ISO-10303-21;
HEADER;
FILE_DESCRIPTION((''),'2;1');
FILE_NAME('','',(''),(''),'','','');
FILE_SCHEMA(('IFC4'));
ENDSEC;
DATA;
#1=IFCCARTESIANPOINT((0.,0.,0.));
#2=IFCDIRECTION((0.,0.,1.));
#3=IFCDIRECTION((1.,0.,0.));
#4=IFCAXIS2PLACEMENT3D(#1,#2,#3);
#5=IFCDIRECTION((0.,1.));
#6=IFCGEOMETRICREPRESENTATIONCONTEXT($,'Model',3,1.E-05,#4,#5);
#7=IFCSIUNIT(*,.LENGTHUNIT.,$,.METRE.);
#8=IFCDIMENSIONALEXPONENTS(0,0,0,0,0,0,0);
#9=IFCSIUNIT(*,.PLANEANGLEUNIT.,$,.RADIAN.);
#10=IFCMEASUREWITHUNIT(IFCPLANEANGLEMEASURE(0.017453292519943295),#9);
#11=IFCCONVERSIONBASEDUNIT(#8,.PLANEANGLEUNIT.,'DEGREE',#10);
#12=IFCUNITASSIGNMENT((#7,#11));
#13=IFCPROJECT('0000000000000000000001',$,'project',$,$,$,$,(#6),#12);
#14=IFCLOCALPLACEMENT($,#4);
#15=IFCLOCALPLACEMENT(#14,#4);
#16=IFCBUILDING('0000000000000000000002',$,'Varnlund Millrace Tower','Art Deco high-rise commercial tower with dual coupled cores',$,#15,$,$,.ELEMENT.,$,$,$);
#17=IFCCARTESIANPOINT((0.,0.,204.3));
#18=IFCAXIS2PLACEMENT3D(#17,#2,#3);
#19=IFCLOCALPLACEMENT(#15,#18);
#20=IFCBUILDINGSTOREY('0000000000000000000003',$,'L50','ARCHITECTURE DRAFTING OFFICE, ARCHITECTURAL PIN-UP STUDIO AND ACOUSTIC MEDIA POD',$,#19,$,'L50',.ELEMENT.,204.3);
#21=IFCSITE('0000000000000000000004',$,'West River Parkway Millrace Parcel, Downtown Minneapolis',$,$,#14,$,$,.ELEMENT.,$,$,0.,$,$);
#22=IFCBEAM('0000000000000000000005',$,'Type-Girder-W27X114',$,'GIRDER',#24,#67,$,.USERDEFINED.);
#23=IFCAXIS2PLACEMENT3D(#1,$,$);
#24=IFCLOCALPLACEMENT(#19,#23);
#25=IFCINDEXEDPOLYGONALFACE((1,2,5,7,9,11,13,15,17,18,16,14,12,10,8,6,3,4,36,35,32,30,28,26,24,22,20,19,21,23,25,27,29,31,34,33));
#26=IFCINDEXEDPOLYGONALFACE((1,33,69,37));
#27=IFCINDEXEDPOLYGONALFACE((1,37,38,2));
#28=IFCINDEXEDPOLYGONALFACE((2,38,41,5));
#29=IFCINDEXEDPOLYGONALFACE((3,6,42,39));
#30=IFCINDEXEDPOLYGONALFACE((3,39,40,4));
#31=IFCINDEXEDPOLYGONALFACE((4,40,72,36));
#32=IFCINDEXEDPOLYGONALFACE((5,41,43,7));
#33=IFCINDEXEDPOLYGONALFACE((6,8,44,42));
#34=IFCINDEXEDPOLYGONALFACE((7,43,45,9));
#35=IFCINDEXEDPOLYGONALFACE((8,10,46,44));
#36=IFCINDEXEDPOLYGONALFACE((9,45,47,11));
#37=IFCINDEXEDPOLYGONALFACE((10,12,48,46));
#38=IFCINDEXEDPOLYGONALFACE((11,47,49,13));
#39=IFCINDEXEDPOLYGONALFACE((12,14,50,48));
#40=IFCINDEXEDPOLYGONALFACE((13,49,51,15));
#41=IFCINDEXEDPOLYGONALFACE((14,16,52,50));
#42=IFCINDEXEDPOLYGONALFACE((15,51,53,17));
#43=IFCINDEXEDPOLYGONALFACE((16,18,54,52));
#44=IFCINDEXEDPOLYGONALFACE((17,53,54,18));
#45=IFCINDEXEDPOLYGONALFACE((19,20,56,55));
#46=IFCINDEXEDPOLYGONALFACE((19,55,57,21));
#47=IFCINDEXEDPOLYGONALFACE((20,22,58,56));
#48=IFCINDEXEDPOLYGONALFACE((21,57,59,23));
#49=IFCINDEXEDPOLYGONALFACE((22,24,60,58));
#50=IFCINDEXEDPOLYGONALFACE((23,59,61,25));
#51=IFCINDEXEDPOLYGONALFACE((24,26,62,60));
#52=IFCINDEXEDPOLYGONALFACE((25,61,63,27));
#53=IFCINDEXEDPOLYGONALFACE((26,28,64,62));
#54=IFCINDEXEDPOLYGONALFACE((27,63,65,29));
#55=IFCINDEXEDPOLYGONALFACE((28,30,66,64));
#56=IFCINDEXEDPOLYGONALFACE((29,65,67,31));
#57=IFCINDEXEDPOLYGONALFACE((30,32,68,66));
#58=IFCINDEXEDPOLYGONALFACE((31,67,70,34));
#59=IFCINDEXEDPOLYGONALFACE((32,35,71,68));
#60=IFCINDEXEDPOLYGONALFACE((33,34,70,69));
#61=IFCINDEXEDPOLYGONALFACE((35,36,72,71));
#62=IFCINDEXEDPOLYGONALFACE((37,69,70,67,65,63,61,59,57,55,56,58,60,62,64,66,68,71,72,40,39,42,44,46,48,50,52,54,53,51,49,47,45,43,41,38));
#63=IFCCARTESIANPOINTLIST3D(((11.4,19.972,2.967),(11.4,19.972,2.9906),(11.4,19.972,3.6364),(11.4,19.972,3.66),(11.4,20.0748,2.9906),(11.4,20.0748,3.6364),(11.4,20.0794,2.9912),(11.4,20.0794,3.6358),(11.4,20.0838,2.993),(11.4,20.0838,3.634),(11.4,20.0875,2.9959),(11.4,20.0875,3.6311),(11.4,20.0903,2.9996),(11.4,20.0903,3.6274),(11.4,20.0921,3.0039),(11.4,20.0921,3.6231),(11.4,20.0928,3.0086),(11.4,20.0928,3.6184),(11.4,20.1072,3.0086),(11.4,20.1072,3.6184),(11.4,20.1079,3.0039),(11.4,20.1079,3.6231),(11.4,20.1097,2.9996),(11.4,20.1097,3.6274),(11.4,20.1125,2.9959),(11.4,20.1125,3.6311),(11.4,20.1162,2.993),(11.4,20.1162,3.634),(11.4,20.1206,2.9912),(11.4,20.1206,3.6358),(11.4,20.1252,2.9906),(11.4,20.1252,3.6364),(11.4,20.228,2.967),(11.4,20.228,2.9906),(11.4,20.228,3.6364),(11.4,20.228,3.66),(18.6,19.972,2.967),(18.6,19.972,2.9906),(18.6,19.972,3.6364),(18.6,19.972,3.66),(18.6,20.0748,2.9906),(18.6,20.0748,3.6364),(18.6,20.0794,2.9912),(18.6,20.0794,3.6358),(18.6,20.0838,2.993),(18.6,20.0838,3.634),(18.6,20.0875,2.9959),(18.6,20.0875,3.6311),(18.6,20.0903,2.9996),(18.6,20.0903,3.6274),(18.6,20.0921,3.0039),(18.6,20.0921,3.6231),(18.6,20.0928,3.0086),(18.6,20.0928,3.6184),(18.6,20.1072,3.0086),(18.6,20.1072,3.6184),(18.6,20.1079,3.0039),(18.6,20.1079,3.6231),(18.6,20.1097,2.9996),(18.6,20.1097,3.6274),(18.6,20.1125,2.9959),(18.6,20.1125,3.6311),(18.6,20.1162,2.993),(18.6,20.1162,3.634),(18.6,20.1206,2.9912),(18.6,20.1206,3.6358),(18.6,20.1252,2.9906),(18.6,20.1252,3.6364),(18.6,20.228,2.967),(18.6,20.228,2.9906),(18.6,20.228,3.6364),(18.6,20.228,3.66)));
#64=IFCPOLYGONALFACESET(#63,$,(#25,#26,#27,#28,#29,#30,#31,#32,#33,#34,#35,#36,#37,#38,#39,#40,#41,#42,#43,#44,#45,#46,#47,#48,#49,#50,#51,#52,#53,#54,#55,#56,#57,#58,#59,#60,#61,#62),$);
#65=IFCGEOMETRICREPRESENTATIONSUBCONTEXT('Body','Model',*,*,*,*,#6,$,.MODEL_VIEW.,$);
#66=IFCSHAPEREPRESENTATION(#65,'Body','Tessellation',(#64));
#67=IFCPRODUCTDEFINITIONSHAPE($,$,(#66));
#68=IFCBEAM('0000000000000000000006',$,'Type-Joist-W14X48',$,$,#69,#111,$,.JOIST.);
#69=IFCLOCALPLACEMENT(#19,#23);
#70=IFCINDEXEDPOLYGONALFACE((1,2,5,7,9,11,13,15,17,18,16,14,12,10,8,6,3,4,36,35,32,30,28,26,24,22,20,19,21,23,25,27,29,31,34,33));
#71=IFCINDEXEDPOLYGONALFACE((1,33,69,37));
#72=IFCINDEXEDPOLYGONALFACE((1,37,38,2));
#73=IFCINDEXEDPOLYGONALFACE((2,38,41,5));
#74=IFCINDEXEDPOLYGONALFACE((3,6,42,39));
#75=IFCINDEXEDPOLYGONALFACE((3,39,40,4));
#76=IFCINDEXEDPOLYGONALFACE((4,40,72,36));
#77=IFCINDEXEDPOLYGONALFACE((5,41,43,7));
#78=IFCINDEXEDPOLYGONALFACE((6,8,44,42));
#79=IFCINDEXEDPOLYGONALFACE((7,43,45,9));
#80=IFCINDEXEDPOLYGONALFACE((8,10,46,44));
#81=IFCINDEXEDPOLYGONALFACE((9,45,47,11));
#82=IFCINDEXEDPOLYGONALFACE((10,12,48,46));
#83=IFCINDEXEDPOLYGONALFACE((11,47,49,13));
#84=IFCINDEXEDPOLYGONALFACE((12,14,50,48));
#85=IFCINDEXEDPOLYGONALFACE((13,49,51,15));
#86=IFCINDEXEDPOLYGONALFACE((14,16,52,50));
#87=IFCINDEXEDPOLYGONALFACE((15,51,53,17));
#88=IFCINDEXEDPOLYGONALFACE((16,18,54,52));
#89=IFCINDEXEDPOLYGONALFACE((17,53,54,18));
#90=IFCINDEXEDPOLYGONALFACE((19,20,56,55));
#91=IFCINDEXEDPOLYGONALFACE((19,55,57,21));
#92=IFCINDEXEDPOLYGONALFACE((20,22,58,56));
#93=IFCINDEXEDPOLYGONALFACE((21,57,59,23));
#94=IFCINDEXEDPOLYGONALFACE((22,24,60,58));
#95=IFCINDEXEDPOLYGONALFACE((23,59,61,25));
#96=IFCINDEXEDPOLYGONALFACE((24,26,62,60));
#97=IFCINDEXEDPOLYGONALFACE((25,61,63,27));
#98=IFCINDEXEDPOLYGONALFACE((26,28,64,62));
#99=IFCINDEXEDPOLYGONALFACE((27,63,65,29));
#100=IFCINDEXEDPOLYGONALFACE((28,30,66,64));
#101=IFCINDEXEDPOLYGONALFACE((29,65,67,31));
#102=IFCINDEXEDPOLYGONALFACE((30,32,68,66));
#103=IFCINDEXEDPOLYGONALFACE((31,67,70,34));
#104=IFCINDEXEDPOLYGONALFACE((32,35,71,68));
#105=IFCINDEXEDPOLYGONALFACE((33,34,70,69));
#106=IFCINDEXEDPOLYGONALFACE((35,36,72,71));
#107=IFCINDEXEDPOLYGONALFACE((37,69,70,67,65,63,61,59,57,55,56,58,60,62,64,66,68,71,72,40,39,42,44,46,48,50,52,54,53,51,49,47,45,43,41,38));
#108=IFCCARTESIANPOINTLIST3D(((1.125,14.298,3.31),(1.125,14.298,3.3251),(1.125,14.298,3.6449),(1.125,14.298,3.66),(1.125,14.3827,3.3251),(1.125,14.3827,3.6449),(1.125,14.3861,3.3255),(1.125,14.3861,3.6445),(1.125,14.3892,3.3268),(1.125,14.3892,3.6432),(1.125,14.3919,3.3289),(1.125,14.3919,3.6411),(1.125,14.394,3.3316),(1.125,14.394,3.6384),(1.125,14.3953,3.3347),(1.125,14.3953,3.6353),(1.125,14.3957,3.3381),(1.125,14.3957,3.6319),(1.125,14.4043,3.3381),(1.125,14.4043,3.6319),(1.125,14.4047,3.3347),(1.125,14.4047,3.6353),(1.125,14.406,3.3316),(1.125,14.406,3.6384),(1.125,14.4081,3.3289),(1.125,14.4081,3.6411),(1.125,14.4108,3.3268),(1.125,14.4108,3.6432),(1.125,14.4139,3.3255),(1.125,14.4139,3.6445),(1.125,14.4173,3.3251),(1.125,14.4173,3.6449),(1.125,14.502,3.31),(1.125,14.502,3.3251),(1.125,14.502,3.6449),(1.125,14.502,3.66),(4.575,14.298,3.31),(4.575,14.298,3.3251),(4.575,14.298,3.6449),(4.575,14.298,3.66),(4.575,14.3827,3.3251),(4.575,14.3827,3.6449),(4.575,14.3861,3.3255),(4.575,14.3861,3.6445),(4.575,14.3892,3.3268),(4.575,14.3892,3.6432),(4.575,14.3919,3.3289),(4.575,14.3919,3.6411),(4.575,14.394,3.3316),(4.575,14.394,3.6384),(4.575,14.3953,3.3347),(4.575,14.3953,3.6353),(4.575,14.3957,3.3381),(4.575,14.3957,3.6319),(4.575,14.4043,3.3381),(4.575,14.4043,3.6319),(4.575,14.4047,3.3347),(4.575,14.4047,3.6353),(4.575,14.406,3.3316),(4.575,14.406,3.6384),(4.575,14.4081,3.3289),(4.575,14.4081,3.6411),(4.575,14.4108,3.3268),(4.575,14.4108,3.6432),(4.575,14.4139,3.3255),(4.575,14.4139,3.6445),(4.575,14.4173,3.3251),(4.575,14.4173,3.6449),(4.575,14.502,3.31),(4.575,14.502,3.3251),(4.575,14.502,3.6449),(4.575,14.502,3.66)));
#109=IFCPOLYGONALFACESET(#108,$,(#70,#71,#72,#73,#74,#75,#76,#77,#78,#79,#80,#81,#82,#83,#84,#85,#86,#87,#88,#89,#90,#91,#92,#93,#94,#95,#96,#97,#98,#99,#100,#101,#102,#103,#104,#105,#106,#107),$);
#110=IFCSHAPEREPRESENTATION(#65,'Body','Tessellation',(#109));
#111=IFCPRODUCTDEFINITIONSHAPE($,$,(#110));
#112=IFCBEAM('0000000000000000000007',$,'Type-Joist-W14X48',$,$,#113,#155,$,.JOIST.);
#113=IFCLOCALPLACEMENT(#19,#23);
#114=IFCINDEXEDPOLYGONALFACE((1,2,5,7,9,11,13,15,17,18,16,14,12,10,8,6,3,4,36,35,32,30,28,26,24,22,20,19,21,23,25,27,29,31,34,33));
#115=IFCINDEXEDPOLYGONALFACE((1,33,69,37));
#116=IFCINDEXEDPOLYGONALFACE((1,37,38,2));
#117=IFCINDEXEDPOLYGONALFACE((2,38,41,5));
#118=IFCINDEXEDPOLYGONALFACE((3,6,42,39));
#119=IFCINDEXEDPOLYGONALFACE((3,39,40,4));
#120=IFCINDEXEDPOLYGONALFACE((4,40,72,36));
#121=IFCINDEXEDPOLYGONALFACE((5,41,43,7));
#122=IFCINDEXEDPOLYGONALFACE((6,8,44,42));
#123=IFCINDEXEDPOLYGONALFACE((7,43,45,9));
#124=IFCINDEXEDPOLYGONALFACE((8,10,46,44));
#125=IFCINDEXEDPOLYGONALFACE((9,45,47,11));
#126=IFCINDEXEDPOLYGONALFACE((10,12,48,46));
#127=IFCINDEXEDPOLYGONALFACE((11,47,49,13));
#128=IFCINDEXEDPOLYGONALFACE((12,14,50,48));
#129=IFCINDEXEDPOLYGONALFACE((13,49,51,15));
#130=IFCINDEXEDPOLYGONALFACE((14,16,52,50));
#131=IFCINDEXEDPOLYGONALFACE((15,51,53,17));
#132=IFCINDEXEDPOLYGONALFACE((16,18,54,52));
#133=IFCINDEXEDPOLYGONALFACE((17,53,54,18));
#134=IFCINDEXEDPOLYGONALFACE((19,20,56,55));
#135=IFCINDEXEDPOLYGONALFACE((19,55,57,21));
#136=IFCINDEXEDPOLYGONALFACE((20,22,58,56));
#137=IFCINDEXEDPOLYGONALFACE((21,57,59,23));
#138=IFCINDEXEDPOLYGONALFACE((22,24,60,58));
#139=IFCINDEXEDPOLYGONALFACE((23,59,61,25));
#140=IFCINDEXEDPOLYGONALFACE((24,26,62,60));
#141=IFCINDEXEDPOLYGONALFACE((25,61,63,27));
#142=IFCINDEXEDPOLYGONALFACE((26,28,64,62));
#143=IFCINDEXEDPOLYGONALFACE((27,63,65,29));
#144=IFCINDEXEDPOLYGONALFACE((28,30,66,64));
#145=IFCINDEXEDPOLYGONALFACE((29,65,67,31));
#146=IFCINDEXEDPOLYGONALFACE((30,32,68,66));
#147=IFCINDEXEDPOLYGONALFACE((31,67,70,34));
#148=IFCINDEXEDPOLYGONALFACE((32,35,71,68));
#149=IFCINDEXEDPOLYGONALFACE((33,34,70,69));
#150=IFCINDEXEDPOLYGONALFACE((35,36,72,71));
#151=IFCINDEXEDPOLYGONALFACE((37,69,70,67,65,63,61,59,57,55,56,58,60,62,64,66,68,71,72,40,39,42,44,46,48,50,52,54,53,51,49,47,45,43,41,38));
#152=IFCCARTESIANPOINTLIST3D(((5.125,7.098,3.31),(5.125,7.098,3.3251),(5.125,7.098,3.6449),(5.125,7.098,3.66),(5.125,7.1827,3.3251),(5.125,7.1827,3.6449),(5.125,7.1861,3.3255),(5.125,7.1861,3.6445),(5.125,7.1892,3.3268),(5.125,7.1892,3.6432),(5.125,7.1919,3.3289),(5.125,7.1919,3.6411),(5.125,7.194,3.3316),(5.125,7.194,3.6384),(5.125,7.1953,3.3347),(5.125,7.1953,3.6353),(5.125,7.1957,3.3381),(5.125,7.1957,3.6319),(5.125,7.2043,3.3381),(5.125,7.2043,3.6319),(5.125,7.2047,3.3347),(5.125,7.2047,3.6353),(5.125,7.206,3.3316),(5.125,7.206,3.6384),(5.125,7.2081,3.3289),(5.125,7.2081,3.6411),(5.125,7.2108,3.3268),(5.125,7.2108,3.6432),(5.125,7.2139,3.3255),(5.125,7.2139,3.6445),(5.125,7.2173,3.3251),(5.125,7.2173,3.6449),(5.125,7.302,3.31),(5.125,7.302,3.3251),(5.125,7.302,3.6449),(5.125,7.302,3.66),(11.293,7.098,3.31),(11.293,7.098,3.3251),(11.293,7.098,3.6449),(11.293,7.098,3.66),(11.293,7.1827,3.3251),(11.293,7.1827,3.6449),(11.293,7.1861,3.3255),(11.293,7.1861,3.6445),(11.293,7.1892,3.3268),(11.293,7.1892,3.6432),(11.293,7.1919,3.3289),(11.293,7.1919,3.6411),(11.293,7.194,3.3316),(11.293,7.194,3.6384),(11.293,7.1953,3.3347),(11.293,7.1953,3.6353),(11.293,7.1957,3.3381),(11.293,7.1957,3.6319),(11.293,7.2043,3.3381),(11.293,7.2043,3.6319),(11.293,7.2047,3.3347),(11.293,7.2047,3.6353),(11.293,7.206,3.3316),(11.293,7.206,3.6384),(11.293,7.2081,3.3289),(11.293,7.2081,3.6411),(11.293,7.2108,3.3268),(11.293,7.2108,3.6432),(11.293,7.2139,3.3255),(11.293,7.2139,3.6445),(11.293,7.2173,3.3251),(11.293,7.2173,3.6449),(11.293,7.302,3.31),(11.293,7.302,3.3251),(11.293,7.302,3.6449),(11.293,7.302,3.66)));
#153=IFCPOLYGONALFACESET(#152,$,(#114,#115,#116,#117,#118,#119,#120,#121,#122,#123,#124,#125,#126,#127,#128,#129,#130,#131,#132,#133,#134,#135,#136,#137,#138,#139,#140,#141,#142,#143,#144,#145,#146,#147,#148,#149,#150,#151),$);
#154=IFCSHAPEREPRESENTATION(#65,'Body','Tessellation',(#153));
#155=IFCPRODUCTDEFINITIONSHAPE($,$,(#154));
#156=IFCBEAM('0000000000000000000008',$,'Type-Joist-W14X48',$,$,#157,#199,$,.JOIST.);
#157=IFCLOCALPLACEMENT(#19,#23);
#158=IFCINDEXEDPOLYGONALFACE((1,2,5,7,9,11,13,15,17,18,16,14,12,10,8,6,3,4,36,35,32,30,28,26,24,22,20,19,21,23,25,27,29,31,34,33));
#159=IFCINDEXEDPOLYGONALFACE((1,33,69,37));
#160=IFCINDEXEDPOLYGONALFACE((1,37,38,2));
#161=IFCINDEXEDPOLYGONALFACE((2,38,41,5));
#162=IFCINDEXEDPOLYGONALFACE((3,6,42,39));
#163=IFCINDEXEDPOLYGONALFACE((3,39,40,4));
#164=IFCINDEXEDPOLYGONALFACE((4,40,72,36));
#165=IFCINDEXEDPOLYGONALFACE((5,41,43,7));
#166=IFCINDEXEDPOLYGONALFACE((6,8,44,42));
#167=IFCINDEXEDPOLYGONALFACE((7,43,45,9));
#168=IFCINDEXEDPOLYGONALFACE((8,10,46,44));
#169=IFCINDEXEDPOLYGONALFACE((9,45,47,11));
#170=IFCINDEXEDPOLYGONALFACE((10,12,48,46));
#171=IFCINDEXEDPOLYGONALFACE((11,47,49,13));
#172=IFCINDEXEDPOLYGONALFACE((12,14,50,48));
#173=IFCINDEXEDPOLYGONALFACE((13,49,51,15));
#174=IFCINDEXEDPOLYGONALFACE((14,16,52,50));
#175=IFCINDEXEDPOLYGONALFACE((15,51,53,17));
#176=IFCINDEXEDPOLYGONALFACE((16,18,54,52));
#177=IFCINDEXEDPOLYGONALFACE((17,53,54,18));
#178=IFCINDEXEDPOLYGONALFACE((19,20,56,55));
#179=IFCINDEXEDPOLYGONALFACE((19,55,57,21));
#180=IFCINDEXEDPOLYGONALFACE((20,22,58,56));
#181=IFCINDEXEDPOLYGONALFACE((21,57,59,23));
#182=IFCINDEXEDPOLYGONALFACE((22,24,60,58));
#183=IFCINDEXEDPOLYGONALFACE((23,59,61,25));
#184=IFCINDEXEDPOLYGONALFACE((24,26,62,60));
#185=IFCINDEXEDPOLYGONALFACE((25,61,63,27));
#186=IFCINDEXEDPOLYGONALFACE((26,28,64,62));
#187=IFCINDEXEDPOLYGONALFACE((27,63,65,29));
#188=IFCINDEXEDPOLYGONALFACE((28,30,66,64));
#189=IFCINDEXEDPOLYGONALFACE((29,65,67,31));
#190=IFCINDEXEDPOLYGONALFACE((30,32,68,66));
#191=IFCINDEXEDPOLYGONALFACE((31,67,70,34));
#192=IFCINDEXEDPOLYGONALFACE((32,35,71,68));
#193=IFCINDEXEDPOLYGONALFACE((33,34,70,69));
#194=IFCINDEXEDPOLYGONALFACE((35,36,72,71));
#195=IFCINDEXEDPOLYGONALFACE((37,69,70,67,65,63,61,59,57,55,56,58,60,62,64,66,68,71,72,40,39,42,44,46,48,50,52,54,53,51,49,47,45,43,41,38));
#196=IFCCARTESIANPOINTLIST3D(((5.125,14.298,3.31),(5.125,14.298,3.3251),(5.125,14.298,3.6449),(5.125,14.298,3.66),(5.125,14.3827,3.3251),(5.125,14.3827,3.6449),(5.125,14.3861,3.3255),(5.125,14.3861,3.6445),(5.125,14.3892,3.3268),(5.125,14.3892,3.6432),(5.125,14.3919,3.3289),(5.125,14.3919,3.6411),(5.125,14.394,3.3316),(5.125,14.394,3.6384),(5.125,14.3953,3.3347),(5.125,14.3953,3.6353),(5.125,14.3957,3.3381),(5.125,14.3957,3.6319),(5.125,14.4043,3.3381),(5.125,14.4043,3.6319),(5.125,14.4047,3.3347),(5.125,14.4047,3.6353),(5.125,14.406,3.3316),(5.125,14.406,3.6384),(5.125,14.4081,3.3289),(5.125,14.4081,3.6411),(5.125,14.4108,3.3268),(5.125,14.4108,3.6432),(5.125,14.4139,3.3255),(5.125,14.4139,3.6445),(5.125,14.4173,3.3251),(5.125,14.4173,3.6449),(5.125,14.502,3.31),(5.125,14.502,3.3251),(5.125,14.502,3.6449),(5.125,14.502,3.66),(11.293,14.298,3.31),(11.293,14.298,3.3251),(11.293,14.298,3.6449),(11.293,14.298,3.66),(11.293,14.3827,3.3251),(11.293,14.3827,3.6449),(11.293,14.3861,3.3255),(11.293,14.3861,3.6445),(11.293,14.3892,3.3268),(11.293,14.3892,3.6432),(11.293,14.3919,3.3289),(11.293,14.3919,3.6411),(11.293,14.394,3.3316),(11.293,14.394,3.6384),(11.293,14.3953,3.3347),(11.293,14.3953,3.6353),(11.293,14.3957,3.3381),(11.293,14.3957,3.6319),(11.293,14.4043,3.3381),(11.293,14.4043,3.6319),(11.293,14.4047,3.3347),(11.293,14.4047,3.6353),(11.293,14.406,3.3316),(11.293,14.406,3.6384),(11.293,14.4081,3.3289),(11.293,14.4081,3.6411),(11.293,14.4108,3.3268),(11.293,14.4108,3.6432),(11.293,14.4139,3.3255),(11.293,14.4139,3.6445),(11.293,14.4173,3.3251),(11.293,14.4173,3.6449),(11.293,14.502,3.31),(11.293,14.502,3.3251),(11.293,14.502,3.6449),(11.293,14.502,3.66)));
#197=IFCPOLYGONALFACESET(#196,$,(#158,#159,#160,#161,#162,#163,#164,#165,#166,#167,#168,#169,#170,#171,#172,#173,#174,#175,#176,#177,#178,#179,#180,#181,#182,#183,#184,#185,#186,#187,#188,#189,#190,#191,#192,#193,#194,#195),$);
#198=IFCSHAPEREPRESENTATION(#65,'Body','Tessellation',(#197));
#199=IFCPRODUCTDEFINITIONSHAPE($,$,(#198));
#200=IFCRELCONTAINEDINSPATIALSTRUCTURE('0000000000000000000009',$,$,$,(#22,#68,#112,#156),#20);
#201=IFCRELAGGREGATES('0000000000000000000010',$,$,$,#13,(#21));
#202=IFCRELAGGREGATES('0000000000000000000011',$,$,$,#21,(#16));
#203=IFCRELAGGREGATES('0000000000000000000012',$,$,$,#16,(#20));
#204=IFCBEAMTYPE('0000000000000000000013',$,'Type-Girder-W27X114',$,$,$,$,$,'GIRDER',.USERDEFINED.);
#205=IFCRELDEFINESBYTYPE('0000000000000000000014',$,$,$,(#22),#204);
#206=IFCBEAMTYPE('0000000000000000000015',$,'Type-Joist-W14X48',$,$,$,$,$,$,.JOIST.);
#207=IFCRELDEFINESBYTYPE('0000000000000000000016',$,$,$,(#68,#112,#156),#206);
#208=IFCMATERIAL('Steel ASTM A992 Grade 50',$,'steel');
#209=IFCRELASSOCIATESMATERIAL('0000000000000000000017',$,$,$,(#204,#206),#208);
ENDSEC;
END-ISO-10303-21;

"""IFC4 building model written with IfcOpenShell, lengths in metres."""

from ifc_helpers import new_model, entity, si_unit, converted_unit, direction, frame, origin_with_axes, origin_2d_with_axis, place, context, subcontext, project, spatial, i_section, extrude, material, material_profile, profile_set, type_object, element, save


model = new_model("IFC4")

# Units and contexts
model_context = context("Model", 3, precision=1e-05, world=origin_with_axes(), true_north=direction((0.0, 1.0)))
body_context = subcontext(model_context, "Body", "Model", "MODEL_VIEW")
ifc_project = project(units=[si_unit("LENGTHUNIT", "METRE"), converted_unit("PLANEANGLEUNIT", "DEGREE", entity("IfcPlaneAngleMeasure", 0.017453292519943295), si_unit("PLANEANGLEUNIT", "RADIAN"), dimensions=[0, 0, 0, 0, 0, 0, 0])], contexts=[model_context])

# Site, building, storey
site_placement = place(None, origin_with_axes())
site = spatial("IfcSite", under=ifc_project, at=site_placement, Name="West River Parkway Millrace Parcel, Downtown Minneapolis", CompositionType="ELEMENT", RefElevation=0.0)
building_placement = place(site_placement, origin_with_axes())
building = spatial("IfcBuilding", under=site, at=building_placement, Name="Varnlund Millrace Tower", Description="Art Deco high-rise commercial tower with dual coupled cores", CompositionType="ELEMENT")
storey_placement = place(building_placement, frame((0.0, 0.0, 204.3), z_axis=(0.0, 0.0, 1.0), x_axis=(1.0, 0.0, 0.0)))
storey = spatial("IfcBuildingStorey", under=building, at=storey_placement, Name="L50", Description="ARCHITECTURE DRAFTING OFFICE, ARCHITECTURAL PIN-UP STUDIO AND ACOUSTIC MEDIA POD", LongName="L50", CompositionType="ELEMENT", Elevation=204.3)

# Beams
ifc_material_1 = material(Name="Steel ASTM A992 Grade 50", Category="steel")
ifc_material_profile_1 = material_profile(ifc_material_1, i_section(OverallWidth=0.256, OverallDepth=0.693, WebThickness=0.0145, FlangeThickness=0.0236, FilletRadius=0.018, at=origin_2d_with_axis()), Name="Steel ASTM A992 Grade 50")
ifc_profile_set_1 = profile_set([ifc_material_profile_1], Name="Steel ASTM A992 Grade 50")
beam_type_1 = type_object("IfcBeamType", Name="Type-Girder-W27X114", ElementType="GIRDER", PredefinedType="USERDEFINED", material=ifc_profile_set_1)
beam_1_placement = place(storey_placement, frame((11.4, 20.1, 3.3135), z_axis=(1.0, 0.0, 0.0), x_axis=(0.0, 1.0, 0.0)))
element("IfcBeam", 1, at=beam_1_placement, inside=storey, type_object=beam_type_1, Name="Type-Girder-W27X114", ObjectType="GIRDER", PredefinedType="USERDEFINED", context=body_context, shape_type="SweptSolid", body=[
    extrude(i_section(OverallWidth=0.256, OverallDepth=0.693, WebThickness=0.0145, FlangeThickness=0.0236, FilletRadius=0.018, at=origin_2d_with_axis()), origin_with_axes(), (0.0, 0.0, 1.0), 7.2),
])
ifc_material_profile_2 = material_profile(ifc_material_1, i_section(OverallWidth=0.204, OverallDepth=0.35, WebThickness=0.0086, FlangeThickness=0.0151, FilletRadius=0.013, at=origin_2d_with_axis()), Name="Steel ASTM A992 Grade 50")
ifc_profile_set_2 = profile_set([ifc_material_profile_2], Name="Steel ASTM A992 Grade 50")
beam_type_2 = type_object("IfcBeamType", Name="Type-Joist-W14X48", PredefinedType="JOIST", material=ifc_profile_set_2)
beam_2_placement = place(storey_placement, frame((1.125, 14.4, 3.485), z_axis=(1.0, 0.0, 0.0), x_axis=(0.0, 1.0, 0.0)))
element("IfcBeam", 2, at=beam_2_placement, inside=storey, type_object=beam_type_2, Name="Type-Joist-W14X48", PredefinedType="JOIST", context=body_context, shape_type="SweptSolid", body=[
    extrude(i_section(OverallWidth=0.204, OverallDepth=0.35, WebThickness=0.0086, FlangeThickness=0.0151, FilletRadius=0.013, at=origin_2d_with_axis()), origin_with_axes(), (0.0, 0.0, 1.0), 3.45),
])
for number, where, z_axis, x_axis, name in (
    (3, (5.125, 7.2, 3.485), (1.0, 0.0, 0.0), (0.0, 1.0, 0.0), "Type-Joist-W14X48"),
    (4, (5.125, 14.4, 3.485), (1.0, 0.0, 0.0), (0.0, 1.0, 0.0), "Type-Joist-W14X48"),
):
    element("IfcBeam", number, at=place(storey_placement, frame(where, z_axis=z_axis, x_axis=x_axis)), inside=storey, type_object=beam_type_2, Name=name, PredefinedType="JOIST", context=body_context, shape_type="SweptSolid", body=[
        extrude(i_section(OverallWidth=0.204, OverallDepth=0.35, WebThickness=0.0086, FlangeThickness=0.0151, FilletRadius=0.013, at=origin_2d_with_axis()), origin_with_axes(), (0.0, 0.0, 1.0), 6.168),
    ])

save(model, "model.ifc")
